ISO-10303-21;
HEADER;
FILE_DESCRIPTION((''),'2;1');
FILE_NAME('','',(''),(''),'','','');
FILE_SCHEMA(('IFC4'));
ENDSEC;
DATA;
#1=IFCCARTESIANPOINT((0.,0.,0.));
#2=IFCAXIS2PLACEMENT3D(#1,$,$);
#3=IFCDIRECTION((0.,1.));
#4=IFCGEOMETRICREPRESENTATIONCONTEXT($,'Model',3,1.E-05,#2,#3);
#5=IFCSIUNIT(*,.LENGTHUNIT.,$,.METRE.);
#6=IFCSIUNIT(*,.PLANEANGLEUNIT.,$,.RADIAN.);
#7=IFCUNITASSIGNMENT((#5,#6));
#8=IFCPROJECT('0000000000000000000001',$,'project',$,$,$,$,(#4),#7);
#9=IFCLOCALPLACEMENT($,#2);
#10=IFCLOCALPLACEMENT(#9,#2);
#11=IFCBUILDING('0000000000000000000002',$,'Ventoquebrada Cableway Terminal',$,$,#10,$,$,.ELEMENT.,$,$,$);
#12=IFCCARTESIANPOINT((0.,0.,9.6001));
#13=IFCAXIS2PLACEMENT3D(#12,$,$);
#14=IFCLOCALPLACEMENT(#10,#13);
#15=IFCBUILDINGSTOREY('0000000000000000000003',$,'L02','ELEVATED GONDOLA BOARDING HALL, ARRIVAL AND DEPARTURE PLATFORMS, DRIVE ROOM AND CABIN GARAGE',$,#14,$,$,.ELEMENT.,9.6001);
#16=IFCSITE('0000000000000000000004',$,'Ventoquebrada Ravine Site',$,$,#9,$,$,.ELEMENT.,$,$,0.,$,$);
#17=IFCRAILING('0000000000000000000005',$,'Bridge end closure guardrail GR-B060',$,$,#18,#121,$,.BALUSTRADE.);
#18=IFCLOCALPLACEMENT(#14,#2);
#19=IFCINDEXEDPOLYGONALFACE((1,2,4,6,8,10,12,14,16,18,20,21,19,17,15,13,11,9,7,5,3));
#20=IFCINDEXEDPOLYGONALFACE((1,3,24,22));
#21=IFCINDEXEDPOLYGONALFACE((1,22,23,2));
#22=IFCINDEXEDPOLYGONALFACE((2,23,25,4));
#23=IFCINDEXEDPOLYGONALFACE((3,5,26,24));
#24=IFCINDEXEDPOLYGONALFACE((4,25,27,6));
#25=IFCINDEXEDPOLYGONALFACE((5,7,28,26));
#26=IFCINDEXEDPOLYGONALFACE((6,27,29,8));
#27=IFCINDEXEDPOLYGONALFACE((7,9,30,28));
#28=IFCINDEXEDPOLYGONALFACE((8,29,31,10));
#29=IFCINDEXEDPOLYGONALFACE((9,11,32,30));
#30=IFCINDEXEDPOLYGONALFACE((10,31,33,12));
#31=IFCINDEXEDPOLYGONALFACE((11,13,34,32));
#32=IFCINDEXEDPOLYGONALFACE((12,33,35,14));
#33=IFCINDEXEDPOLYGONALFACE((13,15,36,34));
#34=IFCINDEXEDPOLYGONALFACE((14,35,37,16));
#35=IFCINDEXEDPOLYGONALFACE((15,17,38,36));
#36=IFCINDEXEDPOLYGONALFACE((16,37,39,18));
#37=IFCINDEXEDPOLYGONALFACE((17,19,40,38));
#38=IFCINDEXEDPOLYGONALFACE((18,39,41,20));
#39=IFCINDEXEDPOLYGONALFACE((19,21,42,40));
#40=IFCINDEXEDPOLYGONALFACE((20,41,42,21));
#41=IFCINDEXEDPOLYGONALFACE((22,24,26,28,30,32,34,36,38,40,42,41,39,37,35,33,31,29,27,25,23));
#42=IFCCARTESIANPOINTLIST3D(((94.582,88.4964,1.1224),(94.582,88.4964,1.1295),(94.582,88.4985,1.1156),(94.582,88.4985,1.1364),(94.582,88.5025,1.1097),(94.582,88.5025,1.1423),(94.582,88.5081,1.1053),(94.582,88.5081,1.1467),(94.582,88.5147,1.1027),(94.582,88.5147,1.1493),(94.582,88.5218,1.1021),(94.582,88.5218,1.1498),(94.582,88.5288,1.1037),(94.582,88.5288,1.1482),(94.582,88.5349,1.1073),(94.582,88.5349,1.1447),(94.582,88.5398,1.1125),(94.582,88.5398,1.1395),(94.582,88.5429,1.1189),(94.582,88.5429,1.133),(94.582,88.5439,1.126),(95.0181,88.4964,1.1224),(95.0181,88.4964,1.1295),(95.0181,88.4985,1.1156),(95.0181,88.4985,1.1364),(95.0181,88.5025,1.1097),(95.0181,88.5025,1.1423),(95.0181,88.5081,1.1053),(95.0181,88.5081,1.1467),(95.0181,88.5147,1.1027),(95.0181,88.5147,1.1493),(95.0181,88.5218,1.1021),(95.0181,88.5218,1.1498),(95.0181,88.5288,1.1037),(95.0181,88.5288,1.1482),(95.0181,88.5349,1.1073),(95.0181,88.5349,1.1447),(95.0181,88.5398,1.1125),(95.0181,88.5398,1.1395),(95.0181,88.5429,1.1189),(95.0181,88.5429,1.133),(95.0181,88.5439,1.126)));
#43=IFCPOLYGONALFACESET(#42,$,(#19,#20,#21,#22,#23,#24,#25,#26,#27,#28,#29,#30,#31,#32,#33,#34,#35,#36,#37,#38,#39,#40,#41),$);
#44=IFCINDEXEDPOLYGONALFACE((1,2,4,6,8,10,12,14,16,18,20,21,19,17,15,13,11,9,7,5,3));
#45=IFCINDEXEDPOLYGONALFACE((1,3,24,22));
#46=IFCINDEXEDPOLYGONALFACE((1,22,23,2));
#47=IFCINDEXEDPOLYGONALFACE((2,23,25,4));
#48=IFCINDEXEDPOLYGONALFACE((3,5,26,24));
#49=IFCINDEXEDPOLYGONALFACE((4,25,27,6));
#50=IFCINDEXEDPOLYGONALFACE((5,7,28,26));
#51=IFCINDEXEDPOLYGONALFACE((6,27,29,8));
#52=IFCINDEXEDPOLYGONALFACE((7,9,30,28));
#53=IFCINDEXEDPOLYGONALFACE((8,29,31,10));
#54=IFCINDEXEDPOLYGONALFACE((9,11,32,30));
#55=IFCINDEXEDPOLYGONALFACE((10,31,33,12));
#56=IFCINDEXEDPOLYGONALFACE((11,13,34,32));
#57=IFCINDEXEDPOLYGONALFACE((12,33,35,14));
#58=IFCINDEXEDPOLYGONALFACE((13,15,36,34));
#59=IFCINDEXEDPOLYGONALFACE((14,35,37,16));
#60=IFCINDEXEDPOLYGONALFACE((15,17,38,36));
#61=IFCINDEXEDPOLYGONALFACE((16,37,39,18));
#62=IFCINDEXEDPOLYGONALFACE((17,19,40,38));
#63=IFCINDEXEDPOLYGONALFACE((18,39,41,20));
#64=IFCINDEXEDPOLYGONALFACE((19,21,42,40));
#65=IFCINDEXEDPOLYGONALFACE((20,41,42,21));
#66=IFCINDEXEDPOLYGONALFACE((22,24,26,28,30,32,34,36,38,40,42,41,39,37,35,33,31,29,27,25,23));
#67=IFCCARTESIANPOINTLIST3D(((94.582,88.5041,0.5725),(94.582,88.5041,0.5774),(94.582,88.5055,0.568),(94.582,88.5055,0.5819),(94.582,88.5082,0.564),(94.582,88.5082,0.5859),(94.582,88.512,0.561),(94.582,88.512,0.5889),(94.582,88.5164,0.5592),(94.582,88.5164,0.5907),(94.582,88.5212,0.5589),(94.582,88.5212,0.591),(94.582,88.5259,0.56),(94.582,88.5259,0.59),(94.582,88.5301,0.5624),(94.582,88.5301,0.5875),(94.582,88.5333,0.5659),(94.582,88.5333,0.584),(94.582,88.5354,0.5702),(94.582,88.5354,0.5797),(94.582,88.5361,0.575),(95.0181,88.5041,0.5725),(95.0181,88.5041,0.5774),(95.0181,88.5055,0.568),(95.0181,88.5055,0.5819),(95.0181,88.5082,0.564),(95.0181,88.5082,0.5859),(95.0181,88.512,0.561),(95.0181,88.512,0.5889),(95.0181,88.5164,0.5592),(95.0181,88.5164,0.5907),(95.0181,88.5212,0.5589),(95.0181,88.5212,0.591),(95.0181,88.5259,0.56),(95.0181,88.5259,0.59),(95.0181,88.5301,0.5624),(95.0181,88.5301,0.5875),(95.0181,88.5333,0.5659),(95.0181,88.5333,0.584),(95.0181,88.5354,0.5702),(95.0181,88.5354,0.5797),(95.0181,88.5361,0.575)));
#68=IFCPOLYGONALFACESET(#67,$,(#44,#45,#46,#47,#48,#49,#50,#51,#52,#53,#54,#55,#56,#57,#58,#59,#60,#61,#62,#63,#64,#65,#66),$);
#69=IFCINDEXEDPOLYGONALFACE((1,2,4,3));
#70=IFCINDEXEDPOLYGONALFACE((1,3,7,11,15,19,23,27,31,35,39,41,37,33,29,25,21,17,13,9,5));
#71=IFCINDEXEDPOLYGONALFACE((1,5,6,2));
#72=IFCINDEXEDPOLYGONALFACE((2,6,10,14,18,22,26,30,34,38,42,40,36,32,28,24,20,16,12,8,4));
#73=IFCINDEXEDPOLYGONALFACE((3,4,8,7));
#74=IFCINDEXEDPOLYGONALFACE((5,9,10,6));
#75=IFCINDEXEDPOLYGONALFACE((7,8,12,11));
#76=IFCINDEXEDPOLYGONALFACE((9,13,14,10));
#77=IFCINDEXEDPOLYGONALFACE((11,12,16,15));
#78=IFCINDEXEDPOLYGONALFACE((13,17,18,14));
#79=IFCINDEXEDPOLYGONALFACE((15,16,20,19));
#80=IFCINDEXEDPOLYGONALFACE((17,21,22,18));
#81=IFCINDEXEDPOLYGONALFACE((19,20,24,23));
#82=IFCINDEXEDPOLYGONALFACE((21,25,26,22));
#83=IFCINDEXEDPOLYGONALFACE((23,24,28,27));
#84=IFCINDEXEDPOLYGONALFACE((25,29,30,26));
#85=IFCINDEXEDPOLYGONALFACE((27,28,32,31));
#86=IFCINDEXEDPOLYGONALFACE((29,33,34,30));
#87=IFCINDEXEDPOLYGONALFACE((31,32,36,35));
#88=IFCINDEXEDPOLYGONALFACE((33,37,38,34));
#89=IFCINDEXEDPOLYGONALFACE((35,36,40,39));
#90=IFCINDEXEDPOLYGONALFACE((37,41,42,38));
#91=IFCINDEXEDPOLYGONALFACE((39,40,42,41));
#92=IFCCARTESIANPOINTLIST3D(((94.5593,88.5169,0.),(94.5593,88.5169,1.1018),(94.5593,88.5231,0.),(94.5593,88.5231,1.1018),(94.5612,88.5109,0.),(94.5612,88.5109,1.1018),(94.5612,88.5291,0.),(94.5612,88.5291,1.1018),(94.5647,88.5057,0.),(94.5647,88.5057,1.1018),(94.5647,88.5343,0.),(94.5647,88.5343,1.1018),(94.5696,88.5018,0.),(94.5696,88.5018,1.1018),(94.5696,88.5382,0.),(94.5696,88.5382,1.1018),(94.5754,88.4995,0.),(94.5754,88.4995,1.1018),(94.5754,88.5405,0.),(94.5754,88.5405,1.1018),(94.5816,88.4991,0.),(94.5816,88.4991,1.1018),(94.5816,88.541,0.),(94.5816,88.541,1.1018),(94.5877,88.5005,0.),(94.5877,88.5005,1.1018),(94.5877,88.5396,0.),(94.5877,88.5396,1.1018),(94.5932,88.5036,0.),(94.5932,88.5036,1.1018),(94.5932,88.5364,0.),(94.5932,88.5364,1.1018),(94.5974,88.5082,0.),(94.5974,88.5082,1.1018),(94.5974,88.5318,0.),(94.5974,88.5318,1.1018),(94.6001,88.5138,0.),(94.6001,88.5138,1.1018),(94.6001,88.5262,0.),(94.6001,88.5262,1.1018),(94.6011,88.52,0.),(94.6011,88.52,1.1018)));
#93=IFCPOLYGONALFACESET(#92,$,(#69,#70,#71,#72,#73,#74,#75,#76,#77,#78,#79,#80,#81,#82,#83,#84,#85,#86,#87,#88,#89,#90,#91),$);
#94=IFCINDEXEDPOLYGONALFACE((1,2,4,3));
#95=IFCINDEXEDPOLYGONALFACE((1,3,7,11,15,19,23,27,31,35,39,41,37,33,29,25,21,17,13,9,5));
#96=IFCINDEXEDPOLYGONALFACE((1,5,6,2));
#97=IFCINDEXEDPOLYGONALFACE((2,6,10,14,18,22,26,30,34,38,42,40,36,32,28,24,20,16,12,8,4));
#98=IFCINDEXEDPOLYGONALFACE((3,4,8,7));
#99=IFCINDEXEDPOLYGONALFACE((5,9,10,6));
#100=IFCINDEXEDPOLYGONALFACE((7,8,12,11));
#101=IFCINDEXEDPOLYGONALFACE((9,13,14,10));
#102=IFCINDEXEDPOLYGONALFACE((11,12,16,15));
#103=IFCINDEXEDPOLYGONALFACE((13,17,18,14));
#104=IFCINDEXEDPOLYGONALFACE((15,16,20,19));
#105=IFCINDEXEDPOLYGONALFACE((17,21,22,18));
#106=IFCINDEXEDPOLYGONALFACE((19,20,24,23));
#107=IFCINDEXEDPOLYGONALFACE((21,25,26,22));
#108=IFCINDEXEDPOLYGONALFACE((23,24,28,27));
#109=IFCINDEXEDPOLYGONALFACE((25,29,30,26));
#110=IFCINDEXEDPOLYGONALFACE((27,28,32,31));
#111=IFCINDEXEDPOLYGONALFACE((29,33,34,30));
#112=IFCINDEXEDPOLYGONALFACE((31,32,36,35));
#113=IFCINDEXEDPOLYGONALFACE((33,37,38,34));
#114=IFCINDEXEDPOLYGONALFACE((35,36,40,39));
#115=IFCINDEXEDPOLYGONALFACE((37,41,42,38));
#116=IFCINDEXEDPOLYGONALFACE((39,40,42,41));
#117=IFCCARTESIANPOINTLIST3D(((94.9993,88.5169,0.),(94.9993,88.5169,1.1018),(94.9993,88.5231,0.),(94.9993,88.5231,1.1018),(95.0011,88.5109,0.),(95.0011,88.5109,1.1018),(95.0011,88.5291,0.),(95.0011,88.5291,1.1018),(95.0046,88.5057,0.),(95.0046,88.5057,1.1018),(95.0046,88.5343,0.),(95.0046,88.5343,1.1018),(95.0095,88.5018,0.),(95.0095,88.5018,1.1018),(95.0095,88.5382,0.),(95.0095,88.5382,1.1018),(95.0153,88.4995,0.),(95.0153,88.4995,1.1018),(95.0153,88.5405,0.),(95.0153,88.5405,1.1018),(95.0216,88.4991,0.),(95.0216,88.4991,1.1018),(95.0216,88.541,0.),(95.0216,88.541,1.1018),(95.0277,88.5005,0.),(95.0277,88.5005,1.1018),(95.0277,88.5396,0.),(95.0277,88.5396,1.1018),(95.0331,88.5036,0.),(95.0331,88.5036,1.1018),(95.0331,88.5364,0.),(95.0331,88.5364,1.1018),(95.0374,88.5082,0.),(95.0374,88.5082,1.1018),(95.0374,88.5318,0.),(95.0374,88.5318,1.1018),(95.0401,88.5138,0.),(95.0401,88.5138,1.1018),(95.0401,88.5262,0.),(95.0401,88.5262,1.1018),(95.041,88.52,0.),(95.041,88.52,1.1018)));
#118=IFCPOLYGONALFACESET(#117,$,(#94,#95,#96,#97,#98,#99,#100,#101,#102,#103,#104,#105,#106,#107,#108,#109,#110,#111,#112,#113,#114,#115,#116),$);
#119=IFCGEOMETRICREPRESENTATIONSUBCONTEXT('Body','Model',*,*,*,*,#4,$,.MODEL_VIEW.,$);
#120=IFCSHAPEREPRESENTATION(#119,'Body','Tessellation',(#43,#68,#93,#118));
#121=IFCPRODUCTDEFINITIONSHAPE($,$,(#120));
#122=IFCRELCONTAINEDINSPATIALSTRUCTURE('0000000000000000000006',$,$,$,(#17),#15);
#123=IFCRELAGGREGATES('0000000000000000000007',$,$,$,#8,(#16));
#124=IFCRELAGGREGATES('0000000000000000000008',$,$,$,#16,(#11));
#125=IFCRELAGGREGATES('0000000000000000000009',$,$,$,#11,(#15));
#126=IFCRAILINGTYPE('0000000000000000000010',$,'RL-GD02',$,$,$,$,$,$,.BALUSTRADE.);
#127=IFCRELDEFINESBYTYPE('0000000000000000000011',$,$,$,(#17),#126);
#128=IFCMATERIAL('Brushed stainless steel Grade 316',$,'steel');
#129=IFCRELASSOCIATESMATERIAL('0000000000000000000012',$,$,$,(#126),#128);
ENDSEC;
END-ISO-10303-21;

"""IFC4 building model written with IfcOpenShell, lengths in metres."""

from ifc_helpers import new_model, si_unit, direction, frame, origin, origin_2d, place, context, subcontext, project, spatial, circle, extrude, material, type_object, element, save


model = new_model("IFC4")

# Units and contexts
model_context = context("Model", 3, precision=1e-05, world=origin(), true_north=direction((0.0, 1.0)))
body_context = subcontext(model_context, "Body", "Model", "MODEL_VIEW")
ifc_project = project(units=[si_unit("LENGTHUNIT", "METRE"), si_unit("PLANEANGLEUNIT", "RADIAN")], contexts=[model_context])

# Site, building, storey
site_placement = place(None, origin())
site = spatial("IfcSite", under=ifc_project, at=site_placement, Name="Ventoquebrada Ravine Site", CompositionType="ELEMENT", RefElevation=0.0)
building_placement = place(site_placement, origin())
building = spatial("IfcBuilding", under=site, at=building_placement, Name="Ventoquebrada Cableway Terminal", CompositionType="ELEMENT")
storey_placement = place(building_placement, frame((0.0, 0.0, 9.6001)))
storey = spatial("IfcBuildingStorey", under=building, at=storey_placement, Name="L02", Description="ELEVATED GONDOLA BOARDING HALL, ARRIVAL AND DEPARTURE PLATFORMS, DRIVE ROOM AND CABIN GARAGE", CompositionType="ELEMENT", Elevation=9.6001)

# Railing
ifc_material_1 = material(Name="Brushed stainless steel Grade 316", Category="steel")
railing_type_1 = type_object("IfcRailingType", Name="RL-GD02", PredefinedType="BALUSTRADE", material=ifc_material_1)
for number, where, name in (
    (1, (94.5801, 88.52, 0.0), "Bridge end closure guardrail GR-B060"),
):
    element("IfcRailing", number, at=place(storey_placement, frame(where)), inside=storey, type_object=railing_type_1, Name=name, PredefinedType="BALUSTRADE", context=body_context, shape_type="SweptSolid", body=[
        extrude(circle(Radius=0.0239, at=origin_2d()), frame((0.002, 0.0, 1.126), z_axis=(1.0, 0.0, 0.0), x_axis=(0.0, 1.0, 0.0)), (0.0, 0.0, 1.0), 0.436),
        extrude(circle(Radius=0.0161, at=origin_2d()), frame((0.002, 0.0, 0.575), z_axis=(1.0, 0.0, 0.0), x_axis=(0.0, 1.0, 0.0)), (0.0, 0.0, 1.0), 0.436),
        extrude(circle(Radius=0.021, at=origin_2d()), origin(), (0.0, 0.0, 1.0), 1.1018),
        extrude(circle(Radius=0.021, at=origin_2d()), frame((0.4399, 0.0, 0.0)), (0.0, 0.0, 1.0), 1.1018),
    ])

save(model, "model.ifc")
